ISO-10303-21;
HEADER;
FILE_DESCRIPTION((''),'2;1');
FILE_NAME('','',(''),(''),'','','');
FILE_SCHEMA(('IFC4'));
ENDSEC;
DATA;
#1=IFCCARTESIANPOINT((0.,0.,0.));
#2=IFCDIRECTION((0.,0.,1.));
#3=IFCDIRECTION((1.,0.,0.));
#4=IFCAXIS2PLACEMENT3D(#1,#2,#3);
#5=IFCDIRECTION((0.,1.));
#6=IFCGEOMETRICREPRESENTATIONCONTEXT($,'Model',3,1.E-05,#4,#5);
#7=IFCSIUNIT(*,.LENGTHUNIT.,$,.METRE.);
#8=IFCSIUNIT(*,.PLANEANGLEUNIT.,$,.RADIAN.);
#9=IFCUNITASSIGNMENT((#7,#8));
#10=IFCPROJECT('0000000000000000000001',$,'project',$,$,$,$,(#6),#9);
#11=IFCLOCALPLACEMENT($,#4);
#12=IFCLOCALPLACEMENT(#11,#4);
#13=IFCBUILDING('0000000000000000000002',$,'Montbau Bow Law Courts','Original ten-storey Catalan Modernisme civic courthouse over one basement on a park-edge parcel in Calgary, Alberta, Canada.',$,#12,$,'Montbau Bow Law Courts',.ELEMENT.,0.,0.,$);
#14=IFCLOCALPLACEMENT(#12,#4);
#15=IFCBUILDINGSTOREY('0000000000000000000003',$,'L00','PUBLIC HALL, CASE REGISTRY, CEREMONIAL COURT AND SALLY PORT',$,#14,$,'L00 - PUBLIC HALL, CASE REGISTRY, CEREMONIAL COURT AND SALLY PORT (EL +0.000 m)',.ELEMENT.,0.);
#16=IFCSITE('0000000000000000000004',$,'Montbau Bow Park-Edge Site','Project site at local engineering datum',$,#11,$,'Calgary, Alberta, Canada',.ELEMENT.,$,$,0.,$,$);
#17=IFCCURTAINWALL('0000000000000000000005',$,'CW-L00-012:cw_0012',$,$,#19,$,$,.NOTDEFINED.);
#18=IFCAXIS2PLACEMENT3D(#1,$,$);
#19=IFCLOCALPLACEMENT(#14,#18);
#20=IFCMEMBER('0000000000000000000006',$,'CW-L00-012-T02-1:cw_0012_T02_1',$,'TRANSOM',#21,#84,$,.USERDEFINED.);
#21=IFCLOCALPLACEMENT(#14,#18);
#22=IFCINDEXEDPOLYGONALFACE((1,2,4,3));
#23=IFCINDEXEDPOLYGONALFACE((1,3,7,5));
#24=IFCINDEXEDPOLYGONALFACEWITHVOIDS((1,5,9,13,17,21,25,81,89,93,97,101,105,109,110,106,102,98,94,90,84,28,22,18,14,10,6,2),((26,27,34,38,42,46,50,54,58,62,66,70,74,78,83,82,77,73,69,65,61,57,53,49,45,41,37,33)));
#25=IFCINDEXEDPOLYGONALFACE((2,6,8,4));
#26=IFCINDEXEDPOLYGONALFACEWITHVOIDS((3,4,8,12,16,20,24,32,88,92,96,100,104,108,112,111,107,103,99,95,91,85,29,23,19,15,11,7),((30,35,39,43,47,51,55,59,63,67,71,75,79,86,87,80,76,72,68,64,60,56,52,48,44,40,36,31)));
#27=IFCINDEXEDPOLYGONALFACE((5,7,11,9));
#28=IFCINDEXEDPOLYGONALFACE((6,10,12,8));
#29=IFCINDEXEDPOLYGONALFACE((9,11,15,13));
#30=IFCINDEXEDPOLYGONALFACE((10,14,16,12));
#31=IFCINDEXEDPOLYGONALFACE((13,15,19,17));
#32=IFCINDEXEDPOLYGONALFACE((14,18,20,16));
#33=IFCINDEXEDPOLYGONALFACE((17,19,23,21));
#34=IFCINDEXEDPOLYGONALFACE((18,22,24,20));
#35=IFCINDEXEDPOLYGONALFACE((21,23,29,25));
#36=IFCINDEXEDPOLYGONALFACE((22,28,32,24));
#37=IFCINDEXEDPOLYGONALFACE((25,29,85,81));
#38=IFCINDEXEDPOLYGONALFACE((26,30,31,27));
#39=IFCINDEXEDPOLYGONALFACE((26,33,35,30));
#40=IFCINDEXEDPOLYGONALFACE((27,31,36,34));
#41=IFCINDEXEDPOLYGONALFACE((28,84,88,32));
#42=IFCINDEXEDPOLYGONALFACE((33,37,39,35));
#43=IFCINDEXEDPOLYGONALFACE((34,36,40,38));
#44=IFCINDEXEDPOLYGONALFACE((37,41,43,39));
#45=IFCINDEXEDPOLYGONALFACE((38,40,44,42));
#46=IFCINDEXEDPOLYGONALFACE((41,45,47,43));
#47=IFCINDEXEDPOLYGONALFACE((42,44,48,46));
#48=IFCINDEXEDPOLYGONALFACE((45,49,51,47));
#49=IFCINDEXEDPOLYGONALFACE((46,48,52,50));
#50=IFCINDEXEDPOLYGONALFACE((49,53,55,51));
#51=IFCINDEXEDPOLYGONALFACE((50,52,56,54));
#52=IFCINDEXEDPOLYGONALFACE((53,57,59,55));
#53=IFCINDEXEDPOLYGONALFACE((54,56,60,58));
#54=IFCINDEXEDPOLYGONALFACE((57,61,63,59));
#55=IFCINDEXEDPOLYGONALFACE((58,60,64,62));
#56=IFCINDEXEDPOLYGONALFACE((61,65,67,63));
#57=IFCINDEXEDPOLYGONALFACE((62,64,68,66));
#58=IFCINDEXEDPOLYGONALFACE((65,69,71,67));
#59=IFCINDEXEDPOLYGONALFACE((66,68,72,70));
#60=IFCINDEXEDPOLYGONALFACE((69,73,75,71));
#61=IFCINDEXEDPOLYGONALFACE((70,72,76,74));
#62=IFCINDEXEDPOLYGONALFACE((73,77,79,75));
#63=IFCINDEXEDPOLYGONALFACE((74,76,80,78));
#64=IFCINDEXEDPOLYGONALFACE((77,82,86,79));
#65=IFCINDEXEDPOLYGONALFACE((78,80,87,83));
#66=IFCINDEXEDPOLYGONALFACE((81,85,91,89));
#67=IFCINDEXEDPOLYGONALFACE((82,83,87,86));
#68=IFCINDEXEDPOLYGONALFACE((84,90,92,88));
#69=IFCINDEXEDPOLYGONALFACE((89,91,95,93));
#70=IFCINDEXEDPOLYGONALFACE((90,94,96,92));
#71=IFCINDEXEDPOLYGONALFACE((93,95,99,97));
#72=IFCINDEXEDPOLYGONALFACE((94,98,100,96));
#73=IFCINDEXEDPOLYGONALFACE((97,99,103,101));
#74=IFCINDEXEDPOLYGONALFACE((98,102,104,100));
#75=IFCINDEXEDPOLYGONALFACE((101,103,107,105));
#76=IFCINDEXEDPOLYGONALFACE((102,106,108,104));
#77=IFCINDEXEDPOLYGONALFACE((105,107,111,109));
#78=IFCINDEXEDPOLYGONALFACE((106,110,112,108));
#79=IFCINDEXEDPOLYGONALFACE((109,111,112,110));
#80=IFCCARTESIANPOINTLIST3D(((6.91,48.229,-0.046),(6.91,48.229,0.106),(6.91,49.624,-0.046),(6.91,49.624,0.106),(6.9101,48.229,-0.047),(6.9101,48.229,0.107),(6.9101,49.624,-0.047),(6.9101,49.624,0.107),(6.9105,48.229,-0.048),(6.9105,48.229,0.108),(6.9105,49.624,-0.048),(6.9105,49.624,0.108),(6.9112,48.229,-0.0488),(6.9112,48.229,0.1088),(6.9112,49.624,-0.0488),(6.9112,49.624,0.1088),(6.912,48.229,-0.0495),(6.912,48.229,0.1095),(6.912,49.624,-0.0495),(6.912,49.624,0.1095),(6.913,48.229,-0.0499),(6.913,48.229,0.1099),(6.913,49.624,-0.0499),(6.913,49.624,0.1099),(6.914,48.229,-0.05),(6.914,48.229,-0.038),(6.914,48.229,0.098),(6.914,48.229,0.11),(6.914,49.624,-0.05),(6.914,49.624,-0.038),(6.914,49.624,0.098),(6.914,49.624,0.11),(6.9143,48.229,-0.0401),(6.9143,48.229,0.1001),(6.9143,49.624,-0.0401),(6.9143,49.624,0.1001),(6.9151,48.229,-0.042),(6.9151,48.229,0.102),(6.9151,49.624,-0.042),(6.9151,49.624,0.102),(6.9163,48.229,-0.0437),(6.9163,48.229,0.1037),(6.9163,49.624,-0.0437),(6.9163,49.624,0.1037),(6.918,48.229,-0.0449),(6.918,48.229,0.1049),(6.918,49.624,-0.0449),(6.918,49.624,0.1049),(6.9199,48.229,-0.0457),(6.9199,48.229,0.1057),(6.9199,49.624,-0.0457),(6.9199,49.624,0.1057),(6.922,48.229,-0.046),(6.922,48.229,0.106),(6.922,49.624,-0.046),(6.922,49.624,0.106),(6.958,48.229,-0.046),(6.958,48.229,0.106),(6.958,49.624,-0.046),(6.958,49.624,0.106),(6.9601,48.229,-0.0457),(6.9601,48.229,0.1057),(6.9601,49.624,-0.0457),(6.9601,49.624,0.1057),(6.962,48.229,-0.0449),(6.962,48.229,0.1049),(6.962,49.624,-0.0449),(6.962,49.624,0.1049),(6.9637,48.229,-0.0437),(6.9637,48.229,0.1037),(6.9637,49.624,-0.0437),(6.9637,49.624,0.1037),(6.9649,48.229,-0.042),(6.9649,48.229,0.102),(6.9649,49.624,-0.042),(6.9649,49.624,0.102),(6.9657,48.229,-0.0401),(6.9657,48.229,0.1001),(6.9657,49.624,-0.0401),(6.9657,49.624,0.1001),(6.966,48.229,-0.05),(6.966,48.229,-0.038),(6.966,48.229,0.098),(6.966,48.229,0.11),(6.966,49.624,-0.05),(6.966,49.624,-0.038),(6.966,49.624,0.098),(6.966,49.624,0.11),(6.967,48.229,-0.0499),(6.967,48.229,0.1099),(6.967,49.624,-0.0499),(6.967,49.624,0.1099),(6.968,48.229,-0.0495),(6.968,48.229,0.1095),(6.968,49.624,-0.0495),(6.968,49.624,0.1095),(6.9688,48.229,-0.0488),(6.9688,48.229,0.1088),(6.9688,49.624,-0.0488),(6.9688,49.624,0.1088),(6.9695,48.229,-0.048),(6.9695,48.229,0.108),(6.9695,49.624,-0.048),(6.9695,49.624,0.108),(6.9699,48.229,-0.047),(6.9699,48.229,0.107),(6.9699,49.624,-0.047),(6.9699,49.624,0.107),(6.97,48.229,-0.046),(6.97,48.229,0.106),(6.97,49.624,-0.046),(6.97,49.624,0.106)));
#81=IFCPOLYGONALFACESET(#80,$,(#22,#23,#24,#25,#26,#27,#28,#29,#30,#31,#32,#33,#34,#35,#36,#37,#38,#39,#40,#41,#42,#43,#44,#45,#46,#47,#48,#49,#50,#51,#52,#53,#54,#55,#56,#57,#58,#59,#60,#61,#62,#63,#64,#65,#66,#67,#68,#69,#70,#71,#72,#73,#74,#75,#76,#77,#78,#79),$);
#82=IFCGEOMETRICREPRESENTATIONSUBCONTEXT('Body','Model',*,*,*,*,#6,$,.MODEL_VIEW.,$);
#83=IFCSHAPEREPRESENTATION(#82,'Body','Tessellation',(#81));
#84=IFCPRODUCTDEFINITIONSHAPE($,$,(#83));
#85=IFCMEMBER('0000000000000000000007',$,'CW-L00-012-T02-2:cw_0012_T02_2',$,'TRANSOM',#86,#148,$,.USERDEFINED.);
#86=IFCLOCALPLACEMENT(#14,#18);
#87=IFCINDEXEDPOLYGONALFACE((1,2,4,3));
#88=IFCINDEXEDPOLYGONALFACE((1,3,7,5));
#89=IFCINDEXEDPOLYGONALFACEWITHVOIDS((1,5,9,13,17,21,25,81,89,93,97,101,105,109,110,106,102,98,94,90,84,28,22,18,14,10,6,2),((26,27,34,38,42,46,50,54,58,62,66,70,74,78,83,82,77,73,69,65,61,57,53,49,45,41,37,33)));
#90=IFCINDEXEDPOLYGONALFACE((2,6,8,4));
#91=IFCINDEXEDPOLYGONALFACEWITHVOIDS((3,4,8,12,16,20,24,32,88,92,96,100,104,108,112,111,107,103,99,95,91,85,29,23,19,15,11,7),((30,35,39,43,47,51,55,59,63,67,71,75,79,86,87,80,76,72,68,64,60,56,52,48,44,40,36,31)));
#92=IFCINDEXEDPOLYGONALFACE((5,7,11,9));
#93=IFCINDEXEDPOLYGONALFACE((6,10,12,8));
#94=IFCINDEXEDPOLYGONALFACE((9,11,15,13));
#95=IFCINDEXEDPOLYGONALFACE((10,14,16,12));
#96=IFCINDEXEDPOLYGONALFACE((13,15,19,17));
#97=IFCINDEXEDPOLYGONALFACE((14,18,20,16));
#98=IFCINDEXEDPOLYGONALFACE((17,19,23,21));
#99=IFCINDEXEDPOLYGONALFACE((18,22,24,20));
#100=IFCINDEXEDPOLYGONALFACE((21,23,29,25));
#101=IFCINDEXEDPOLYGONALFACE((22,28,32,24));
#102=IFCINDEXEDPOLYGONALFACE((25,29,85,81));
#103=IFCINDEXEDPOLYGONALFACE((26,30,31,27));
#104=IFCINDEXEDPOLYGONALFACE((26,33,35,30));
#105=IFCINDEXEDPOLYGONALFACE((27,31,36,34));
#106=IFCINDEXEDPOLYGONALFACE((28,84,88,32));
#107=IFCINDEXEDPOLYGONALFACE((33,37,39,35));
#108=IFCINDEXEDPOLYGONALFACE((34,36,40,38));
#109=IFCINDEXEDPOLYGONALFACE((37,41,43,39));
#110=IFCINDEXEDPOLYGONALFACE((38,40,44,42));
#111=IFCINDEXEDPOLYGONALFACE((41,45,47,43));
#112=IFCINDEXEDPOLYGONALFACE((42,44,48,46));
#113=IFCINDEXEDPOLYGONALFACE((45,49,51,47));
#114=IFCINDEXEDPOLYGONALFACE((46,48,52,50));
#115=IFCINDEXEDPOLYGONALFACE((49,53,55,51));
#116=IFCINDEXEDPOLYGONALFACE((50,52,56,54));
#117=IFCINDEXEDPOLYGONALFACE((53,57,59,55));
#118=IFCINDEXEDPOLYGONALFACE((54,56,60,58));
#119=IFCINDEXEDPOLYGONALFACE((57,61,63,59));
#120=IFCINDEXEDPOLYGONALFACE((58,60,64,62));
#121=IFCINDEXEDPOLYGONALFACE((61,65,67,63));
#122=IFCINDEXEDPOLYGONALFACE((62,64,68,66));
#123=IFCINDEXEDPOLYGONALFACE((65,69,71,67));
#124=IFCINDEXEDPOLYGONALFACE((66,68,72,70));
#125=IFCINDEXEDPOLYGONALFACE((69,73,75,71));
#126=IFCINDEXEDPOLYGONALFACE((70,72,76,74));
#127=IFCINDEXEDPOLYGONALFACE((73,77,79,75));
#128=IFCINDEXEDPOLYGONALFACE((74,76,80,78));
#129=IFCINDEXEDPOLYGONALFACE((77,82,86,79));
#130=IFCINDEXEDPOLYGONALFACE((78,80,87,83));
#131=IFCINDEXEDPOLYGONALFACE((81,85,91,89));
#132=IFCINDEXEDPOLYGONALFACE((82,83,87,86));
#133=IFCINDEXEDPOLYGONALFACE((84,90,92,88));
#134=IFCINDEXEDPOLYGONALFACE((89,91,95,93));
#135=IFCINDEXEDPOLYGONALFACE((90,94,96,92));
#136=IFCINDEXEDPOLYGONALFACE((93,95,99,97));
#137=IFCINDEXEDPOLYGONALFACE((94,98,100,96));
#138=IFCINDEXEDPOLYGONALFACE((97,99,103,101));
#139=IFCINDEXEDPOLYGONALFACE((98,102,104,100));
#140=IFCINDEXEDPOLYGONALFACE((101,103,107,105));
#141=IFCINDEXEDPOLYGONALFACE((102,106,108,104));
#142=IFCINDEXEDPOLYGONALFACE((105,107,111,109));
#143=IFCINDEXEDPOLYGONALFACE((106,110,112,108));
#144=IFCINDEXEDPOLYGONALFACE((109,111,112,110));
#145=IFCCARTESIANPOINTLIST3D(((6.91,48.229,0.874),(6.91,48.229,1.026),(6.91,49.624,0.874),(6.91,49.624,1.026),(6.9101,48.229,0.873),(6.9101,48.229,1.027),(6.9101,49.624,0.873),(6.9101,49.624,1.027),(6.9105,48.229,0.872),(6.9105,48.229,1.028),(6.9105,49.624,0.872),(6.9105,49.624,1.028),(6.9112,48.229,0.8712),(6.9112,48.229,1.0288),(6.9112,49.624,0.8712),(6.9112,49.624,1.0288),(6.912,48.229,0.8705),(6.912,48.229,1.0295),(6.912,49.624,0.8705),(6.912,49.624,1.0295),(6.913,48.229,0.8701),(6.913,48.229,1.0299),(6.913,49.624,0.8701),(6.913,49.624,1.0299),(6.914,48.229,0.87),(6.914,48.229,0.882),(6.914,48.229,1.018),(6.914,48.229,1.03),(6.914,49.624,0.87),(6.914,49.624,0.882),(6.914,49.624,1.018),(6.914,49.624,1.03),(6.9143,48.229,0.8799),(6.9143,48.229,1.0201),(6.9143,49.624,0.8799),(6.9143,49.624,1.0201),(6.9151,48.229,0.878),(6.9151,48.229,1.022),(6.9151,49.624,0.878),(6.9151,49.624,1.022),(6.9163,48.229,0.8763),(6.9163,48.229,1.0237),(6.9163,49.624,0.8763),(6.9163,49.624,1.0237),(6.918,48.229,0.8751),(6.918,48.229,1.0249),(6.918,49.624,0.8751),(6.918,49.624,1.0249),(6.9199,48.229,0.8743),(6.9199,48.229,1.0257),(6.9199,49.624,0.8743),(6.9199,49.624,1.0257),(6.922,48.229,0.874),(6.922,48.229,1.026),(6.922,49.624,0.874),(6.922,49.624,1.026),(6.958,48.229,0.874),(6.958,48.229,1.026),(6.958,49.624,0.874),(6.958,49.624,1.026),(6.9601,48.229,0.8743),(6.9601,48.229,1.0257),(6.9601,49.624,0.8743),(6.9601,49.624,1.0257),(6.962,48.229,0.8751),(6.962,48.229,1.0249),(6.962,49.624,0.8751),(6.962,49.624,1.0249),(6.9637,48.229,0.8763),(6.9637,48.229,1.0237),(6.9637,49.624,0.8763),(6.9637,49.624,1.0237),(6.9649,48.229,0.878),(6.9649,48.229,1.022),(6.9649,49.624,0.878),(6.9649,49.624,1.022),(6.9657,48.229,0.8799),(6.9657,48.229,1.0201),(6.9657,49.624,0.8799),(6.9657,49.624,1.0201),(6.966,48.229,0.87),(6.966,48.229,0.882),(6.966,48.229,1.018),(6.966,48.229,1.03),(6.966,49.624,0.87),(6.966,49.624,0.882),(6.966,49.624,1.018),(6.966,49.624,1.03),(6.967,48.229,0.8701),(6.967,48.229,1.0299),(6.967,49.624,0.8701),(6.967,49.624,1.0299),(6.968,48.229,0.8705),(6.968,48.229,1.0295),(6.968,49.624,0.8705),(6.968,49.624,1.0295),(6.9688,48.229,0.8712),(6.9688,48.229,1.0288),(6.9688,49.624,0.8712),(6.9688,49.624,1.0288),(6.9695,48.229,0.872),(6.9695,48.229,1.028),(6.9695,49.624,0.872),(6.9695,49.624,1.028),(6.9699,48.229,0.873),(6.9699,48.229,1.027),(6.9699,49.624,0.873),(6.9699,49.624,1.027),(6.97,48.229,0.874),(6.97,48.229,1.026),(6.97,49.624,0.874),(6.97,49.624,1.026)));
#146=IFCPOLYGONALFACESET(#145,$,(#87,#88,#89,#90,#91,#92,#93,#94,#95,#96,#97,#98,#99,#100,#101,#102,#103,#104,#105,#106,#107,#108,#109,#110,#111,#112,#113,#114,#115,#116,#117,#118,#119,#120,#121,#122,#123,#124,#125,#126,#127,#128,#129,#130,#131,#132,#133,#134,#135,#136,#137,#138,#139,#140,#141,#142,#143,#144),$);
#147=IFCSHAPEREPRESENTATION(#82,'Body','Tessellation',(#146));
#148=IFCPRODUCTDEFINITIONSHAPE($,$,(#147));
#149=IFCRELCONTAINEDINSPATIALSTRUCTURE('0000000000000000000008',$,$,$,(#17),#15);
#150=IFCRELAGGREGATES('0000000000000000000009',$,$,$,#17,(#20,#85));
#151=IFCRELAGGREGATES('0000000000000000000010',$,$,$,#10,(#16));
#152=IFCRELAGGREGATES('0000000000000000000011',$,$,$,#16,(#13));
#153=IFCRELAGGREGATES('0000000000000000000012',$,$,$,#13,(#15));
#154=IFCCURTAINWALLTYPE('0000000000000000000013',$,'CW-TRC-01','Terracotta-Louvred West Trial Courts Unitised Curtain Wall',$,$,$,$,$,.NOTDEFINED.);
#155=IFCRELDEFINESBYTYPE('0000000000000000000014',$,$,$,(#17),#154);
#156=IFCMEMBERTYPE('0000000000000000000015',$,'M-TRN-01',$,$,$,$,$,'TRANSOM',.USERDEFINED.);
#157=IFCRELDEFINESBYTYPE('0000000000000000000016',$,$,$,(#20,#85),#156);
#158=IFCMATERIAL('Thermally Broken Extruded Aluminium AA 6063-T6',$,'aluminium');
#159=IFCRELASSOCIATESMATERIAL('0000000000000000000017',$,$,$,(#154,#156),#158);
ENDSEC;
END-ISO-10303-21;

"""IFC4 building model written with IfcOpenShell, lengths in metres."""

from ifc_helpers import new_model, si_unit, direction, frame, origin_with_axes, origin_2d_with_axis, place, context, subcontext, project, spatial, hollow_rectangle, extrude, material, material_profile, profile_set, type_object, element, aggregate, save


model = new_model("IFC4")

# Units and contexts
model_context = context("Model", 3, precision=1e-05, world=origin_with_axes(), true_north=direction((0.0, 1.0)))
body_context = subcontext(model_context, "Body", "Model", "MODEL_VIEW")
ifc_project = project(units=[si_unit("LENGTHUNIT", "METRE"), si_unit("PLANEANGLEUNIT", "RADIAN")], contexts=[model_context])

# Site, building, storey
site_placement = place(None, origin_with_axes())
site = spatial("IfcSite", under=ifc_project, at=site_placement, Name="Montbau Bow Park-Edge Site", Description="Project site at local engineering datum", LongName="Calgary, Alberta, Canada", CompositionType="ELEMENT", RefElevation=0.0)
building_placement = place(site_placement, origin_with_axes())
building = spatial("IfcBuilding", under=site, at=building_placement, Name="Montbau Bow Law Courts", Description="Original ten-storey Catalan Modernisme civic courthouse over one basement on a park-edge parcel in Calgary, Alberta, Canada.", LongName="Montbau Bow Law Courts", CompositionType="ELEMENT", ElevationOfRefHeight=0.0, ElevationOfTerrain=0.0)
storey_placement = place(building_placement, origin_with_axes())
storey = spatial("IfcBuildingStorey", under=building, at=storey_placement, Name="L00", Description="PUBLIC HALL, CASE REGISTRY, CEREMONIAL COURT AND SALLY PORT", LongName="L00 - PUBLIC HALL, CASE REGISTRY, CEREMONIAL COURT AND SALLY PORT (EL +0.000 m)", CompositionType="ELEMENT", Elevation=0.0)

# Curtain wall, members
ifc_material_1 = material(Name="Thermally Broken Extruded Aluminium AA 6063-T6", Category="aluminium")
curtain_wall_type = type_object("IfcCurtainWallType", Name="CW-TRC-01", Description="Terracotta-Louvred West Trial Courts Unitised Curtain Wall", PredefinedType="NOTDEFINED", material=ifc_material_1)
curtain_wall_placement = place(None, frame((6.94, 46.715, 0.0), z_axis=(0.0, 0.0, 1.0), x_axis=(1.0, 0.0, 0.0)))
curtain_wall = element("IfcCurtainWall", 1, at=curtain_wall_placement, inside=storey, type_object=curtain_wall_type, Name="CW-L00-012:cw_0012", PredefinedType="NOTDEFINED")
ifc_material_profile_1 = material_profile(ifc_material_1, hollow_rectangle(XDim=0.06, YDim=0.16, WallThickness=0.004, InnerFilletRadius=0.008, OuterFilletRadius=0.004, at=origin_2d_with_axis()), Name="CWT-160X60", Category="Main", Priority=0)
ifc_profile_set_1 = profile_set([ifc_material_profile_1], Name="Thermally Broken Extruded Aluminium AA 6063-T6")
member_type_1 = type_object("IfcMemberType", Name="M-TRN-01", ElementType="TRANSOM", PredefinedType="USERDEFINED", material=ifc_profile_set_1)
member_1_placement = place(None, frame((6.94, 48.229, 0.03), z_axis=(0.0, 1.0, 0.0), x_axis=(-1.0, 0.0, 0.0)))
member_1 = element("IfcMember", 2, at=member_1_placement, type_object=member_type_1, Name="CW-L00-012-T02-1:cw_0012_T02_1", ObjectType="TRANSOM", PredefinedType="USERDEFINED", context=body_context, shape_type="SweptSolid", body=[
    extrude(hollow_rectangle(XDim=0.06, YDim=0.16, WallThickness=0.004, InnerFilletRadius=0.008, OuterFilletRadius=0.004, at=origin_2d_with_axis()), origin_with_axes(), (0.0, 0.0, 1.0), 1.395),
])
member_2_placement = place(None, frame((6.94, 48.229, 0.95), z_axis=(0.0, 1.0, 0.0), x_axis=(-1.0, 0.0, 0.0)))
member_2 = element("IfcMember", 3, at=member_2_placement, type_object=member_type_1, Name="CW-L00-012-T02-2:cw_0012_T02_2", ObjectType="TRANSOM", PredefinedType="USERDEFINED", context=body_context, shape_type="SweptSolid", body=[
    extrude(hollow_rectangle(XDim=0.06, YDim=0.16, WallThickness=0.004, InnerFilletRadius=0.008, OuterFilletRadius=0.004, at=origin_2d_with_axis()), origin_with_axes(), (0.0, 0.0, 1.0), 1.395),
])
aggregate(curtain_wall, [member_1, member_2])

save(model, "model.ifc")
